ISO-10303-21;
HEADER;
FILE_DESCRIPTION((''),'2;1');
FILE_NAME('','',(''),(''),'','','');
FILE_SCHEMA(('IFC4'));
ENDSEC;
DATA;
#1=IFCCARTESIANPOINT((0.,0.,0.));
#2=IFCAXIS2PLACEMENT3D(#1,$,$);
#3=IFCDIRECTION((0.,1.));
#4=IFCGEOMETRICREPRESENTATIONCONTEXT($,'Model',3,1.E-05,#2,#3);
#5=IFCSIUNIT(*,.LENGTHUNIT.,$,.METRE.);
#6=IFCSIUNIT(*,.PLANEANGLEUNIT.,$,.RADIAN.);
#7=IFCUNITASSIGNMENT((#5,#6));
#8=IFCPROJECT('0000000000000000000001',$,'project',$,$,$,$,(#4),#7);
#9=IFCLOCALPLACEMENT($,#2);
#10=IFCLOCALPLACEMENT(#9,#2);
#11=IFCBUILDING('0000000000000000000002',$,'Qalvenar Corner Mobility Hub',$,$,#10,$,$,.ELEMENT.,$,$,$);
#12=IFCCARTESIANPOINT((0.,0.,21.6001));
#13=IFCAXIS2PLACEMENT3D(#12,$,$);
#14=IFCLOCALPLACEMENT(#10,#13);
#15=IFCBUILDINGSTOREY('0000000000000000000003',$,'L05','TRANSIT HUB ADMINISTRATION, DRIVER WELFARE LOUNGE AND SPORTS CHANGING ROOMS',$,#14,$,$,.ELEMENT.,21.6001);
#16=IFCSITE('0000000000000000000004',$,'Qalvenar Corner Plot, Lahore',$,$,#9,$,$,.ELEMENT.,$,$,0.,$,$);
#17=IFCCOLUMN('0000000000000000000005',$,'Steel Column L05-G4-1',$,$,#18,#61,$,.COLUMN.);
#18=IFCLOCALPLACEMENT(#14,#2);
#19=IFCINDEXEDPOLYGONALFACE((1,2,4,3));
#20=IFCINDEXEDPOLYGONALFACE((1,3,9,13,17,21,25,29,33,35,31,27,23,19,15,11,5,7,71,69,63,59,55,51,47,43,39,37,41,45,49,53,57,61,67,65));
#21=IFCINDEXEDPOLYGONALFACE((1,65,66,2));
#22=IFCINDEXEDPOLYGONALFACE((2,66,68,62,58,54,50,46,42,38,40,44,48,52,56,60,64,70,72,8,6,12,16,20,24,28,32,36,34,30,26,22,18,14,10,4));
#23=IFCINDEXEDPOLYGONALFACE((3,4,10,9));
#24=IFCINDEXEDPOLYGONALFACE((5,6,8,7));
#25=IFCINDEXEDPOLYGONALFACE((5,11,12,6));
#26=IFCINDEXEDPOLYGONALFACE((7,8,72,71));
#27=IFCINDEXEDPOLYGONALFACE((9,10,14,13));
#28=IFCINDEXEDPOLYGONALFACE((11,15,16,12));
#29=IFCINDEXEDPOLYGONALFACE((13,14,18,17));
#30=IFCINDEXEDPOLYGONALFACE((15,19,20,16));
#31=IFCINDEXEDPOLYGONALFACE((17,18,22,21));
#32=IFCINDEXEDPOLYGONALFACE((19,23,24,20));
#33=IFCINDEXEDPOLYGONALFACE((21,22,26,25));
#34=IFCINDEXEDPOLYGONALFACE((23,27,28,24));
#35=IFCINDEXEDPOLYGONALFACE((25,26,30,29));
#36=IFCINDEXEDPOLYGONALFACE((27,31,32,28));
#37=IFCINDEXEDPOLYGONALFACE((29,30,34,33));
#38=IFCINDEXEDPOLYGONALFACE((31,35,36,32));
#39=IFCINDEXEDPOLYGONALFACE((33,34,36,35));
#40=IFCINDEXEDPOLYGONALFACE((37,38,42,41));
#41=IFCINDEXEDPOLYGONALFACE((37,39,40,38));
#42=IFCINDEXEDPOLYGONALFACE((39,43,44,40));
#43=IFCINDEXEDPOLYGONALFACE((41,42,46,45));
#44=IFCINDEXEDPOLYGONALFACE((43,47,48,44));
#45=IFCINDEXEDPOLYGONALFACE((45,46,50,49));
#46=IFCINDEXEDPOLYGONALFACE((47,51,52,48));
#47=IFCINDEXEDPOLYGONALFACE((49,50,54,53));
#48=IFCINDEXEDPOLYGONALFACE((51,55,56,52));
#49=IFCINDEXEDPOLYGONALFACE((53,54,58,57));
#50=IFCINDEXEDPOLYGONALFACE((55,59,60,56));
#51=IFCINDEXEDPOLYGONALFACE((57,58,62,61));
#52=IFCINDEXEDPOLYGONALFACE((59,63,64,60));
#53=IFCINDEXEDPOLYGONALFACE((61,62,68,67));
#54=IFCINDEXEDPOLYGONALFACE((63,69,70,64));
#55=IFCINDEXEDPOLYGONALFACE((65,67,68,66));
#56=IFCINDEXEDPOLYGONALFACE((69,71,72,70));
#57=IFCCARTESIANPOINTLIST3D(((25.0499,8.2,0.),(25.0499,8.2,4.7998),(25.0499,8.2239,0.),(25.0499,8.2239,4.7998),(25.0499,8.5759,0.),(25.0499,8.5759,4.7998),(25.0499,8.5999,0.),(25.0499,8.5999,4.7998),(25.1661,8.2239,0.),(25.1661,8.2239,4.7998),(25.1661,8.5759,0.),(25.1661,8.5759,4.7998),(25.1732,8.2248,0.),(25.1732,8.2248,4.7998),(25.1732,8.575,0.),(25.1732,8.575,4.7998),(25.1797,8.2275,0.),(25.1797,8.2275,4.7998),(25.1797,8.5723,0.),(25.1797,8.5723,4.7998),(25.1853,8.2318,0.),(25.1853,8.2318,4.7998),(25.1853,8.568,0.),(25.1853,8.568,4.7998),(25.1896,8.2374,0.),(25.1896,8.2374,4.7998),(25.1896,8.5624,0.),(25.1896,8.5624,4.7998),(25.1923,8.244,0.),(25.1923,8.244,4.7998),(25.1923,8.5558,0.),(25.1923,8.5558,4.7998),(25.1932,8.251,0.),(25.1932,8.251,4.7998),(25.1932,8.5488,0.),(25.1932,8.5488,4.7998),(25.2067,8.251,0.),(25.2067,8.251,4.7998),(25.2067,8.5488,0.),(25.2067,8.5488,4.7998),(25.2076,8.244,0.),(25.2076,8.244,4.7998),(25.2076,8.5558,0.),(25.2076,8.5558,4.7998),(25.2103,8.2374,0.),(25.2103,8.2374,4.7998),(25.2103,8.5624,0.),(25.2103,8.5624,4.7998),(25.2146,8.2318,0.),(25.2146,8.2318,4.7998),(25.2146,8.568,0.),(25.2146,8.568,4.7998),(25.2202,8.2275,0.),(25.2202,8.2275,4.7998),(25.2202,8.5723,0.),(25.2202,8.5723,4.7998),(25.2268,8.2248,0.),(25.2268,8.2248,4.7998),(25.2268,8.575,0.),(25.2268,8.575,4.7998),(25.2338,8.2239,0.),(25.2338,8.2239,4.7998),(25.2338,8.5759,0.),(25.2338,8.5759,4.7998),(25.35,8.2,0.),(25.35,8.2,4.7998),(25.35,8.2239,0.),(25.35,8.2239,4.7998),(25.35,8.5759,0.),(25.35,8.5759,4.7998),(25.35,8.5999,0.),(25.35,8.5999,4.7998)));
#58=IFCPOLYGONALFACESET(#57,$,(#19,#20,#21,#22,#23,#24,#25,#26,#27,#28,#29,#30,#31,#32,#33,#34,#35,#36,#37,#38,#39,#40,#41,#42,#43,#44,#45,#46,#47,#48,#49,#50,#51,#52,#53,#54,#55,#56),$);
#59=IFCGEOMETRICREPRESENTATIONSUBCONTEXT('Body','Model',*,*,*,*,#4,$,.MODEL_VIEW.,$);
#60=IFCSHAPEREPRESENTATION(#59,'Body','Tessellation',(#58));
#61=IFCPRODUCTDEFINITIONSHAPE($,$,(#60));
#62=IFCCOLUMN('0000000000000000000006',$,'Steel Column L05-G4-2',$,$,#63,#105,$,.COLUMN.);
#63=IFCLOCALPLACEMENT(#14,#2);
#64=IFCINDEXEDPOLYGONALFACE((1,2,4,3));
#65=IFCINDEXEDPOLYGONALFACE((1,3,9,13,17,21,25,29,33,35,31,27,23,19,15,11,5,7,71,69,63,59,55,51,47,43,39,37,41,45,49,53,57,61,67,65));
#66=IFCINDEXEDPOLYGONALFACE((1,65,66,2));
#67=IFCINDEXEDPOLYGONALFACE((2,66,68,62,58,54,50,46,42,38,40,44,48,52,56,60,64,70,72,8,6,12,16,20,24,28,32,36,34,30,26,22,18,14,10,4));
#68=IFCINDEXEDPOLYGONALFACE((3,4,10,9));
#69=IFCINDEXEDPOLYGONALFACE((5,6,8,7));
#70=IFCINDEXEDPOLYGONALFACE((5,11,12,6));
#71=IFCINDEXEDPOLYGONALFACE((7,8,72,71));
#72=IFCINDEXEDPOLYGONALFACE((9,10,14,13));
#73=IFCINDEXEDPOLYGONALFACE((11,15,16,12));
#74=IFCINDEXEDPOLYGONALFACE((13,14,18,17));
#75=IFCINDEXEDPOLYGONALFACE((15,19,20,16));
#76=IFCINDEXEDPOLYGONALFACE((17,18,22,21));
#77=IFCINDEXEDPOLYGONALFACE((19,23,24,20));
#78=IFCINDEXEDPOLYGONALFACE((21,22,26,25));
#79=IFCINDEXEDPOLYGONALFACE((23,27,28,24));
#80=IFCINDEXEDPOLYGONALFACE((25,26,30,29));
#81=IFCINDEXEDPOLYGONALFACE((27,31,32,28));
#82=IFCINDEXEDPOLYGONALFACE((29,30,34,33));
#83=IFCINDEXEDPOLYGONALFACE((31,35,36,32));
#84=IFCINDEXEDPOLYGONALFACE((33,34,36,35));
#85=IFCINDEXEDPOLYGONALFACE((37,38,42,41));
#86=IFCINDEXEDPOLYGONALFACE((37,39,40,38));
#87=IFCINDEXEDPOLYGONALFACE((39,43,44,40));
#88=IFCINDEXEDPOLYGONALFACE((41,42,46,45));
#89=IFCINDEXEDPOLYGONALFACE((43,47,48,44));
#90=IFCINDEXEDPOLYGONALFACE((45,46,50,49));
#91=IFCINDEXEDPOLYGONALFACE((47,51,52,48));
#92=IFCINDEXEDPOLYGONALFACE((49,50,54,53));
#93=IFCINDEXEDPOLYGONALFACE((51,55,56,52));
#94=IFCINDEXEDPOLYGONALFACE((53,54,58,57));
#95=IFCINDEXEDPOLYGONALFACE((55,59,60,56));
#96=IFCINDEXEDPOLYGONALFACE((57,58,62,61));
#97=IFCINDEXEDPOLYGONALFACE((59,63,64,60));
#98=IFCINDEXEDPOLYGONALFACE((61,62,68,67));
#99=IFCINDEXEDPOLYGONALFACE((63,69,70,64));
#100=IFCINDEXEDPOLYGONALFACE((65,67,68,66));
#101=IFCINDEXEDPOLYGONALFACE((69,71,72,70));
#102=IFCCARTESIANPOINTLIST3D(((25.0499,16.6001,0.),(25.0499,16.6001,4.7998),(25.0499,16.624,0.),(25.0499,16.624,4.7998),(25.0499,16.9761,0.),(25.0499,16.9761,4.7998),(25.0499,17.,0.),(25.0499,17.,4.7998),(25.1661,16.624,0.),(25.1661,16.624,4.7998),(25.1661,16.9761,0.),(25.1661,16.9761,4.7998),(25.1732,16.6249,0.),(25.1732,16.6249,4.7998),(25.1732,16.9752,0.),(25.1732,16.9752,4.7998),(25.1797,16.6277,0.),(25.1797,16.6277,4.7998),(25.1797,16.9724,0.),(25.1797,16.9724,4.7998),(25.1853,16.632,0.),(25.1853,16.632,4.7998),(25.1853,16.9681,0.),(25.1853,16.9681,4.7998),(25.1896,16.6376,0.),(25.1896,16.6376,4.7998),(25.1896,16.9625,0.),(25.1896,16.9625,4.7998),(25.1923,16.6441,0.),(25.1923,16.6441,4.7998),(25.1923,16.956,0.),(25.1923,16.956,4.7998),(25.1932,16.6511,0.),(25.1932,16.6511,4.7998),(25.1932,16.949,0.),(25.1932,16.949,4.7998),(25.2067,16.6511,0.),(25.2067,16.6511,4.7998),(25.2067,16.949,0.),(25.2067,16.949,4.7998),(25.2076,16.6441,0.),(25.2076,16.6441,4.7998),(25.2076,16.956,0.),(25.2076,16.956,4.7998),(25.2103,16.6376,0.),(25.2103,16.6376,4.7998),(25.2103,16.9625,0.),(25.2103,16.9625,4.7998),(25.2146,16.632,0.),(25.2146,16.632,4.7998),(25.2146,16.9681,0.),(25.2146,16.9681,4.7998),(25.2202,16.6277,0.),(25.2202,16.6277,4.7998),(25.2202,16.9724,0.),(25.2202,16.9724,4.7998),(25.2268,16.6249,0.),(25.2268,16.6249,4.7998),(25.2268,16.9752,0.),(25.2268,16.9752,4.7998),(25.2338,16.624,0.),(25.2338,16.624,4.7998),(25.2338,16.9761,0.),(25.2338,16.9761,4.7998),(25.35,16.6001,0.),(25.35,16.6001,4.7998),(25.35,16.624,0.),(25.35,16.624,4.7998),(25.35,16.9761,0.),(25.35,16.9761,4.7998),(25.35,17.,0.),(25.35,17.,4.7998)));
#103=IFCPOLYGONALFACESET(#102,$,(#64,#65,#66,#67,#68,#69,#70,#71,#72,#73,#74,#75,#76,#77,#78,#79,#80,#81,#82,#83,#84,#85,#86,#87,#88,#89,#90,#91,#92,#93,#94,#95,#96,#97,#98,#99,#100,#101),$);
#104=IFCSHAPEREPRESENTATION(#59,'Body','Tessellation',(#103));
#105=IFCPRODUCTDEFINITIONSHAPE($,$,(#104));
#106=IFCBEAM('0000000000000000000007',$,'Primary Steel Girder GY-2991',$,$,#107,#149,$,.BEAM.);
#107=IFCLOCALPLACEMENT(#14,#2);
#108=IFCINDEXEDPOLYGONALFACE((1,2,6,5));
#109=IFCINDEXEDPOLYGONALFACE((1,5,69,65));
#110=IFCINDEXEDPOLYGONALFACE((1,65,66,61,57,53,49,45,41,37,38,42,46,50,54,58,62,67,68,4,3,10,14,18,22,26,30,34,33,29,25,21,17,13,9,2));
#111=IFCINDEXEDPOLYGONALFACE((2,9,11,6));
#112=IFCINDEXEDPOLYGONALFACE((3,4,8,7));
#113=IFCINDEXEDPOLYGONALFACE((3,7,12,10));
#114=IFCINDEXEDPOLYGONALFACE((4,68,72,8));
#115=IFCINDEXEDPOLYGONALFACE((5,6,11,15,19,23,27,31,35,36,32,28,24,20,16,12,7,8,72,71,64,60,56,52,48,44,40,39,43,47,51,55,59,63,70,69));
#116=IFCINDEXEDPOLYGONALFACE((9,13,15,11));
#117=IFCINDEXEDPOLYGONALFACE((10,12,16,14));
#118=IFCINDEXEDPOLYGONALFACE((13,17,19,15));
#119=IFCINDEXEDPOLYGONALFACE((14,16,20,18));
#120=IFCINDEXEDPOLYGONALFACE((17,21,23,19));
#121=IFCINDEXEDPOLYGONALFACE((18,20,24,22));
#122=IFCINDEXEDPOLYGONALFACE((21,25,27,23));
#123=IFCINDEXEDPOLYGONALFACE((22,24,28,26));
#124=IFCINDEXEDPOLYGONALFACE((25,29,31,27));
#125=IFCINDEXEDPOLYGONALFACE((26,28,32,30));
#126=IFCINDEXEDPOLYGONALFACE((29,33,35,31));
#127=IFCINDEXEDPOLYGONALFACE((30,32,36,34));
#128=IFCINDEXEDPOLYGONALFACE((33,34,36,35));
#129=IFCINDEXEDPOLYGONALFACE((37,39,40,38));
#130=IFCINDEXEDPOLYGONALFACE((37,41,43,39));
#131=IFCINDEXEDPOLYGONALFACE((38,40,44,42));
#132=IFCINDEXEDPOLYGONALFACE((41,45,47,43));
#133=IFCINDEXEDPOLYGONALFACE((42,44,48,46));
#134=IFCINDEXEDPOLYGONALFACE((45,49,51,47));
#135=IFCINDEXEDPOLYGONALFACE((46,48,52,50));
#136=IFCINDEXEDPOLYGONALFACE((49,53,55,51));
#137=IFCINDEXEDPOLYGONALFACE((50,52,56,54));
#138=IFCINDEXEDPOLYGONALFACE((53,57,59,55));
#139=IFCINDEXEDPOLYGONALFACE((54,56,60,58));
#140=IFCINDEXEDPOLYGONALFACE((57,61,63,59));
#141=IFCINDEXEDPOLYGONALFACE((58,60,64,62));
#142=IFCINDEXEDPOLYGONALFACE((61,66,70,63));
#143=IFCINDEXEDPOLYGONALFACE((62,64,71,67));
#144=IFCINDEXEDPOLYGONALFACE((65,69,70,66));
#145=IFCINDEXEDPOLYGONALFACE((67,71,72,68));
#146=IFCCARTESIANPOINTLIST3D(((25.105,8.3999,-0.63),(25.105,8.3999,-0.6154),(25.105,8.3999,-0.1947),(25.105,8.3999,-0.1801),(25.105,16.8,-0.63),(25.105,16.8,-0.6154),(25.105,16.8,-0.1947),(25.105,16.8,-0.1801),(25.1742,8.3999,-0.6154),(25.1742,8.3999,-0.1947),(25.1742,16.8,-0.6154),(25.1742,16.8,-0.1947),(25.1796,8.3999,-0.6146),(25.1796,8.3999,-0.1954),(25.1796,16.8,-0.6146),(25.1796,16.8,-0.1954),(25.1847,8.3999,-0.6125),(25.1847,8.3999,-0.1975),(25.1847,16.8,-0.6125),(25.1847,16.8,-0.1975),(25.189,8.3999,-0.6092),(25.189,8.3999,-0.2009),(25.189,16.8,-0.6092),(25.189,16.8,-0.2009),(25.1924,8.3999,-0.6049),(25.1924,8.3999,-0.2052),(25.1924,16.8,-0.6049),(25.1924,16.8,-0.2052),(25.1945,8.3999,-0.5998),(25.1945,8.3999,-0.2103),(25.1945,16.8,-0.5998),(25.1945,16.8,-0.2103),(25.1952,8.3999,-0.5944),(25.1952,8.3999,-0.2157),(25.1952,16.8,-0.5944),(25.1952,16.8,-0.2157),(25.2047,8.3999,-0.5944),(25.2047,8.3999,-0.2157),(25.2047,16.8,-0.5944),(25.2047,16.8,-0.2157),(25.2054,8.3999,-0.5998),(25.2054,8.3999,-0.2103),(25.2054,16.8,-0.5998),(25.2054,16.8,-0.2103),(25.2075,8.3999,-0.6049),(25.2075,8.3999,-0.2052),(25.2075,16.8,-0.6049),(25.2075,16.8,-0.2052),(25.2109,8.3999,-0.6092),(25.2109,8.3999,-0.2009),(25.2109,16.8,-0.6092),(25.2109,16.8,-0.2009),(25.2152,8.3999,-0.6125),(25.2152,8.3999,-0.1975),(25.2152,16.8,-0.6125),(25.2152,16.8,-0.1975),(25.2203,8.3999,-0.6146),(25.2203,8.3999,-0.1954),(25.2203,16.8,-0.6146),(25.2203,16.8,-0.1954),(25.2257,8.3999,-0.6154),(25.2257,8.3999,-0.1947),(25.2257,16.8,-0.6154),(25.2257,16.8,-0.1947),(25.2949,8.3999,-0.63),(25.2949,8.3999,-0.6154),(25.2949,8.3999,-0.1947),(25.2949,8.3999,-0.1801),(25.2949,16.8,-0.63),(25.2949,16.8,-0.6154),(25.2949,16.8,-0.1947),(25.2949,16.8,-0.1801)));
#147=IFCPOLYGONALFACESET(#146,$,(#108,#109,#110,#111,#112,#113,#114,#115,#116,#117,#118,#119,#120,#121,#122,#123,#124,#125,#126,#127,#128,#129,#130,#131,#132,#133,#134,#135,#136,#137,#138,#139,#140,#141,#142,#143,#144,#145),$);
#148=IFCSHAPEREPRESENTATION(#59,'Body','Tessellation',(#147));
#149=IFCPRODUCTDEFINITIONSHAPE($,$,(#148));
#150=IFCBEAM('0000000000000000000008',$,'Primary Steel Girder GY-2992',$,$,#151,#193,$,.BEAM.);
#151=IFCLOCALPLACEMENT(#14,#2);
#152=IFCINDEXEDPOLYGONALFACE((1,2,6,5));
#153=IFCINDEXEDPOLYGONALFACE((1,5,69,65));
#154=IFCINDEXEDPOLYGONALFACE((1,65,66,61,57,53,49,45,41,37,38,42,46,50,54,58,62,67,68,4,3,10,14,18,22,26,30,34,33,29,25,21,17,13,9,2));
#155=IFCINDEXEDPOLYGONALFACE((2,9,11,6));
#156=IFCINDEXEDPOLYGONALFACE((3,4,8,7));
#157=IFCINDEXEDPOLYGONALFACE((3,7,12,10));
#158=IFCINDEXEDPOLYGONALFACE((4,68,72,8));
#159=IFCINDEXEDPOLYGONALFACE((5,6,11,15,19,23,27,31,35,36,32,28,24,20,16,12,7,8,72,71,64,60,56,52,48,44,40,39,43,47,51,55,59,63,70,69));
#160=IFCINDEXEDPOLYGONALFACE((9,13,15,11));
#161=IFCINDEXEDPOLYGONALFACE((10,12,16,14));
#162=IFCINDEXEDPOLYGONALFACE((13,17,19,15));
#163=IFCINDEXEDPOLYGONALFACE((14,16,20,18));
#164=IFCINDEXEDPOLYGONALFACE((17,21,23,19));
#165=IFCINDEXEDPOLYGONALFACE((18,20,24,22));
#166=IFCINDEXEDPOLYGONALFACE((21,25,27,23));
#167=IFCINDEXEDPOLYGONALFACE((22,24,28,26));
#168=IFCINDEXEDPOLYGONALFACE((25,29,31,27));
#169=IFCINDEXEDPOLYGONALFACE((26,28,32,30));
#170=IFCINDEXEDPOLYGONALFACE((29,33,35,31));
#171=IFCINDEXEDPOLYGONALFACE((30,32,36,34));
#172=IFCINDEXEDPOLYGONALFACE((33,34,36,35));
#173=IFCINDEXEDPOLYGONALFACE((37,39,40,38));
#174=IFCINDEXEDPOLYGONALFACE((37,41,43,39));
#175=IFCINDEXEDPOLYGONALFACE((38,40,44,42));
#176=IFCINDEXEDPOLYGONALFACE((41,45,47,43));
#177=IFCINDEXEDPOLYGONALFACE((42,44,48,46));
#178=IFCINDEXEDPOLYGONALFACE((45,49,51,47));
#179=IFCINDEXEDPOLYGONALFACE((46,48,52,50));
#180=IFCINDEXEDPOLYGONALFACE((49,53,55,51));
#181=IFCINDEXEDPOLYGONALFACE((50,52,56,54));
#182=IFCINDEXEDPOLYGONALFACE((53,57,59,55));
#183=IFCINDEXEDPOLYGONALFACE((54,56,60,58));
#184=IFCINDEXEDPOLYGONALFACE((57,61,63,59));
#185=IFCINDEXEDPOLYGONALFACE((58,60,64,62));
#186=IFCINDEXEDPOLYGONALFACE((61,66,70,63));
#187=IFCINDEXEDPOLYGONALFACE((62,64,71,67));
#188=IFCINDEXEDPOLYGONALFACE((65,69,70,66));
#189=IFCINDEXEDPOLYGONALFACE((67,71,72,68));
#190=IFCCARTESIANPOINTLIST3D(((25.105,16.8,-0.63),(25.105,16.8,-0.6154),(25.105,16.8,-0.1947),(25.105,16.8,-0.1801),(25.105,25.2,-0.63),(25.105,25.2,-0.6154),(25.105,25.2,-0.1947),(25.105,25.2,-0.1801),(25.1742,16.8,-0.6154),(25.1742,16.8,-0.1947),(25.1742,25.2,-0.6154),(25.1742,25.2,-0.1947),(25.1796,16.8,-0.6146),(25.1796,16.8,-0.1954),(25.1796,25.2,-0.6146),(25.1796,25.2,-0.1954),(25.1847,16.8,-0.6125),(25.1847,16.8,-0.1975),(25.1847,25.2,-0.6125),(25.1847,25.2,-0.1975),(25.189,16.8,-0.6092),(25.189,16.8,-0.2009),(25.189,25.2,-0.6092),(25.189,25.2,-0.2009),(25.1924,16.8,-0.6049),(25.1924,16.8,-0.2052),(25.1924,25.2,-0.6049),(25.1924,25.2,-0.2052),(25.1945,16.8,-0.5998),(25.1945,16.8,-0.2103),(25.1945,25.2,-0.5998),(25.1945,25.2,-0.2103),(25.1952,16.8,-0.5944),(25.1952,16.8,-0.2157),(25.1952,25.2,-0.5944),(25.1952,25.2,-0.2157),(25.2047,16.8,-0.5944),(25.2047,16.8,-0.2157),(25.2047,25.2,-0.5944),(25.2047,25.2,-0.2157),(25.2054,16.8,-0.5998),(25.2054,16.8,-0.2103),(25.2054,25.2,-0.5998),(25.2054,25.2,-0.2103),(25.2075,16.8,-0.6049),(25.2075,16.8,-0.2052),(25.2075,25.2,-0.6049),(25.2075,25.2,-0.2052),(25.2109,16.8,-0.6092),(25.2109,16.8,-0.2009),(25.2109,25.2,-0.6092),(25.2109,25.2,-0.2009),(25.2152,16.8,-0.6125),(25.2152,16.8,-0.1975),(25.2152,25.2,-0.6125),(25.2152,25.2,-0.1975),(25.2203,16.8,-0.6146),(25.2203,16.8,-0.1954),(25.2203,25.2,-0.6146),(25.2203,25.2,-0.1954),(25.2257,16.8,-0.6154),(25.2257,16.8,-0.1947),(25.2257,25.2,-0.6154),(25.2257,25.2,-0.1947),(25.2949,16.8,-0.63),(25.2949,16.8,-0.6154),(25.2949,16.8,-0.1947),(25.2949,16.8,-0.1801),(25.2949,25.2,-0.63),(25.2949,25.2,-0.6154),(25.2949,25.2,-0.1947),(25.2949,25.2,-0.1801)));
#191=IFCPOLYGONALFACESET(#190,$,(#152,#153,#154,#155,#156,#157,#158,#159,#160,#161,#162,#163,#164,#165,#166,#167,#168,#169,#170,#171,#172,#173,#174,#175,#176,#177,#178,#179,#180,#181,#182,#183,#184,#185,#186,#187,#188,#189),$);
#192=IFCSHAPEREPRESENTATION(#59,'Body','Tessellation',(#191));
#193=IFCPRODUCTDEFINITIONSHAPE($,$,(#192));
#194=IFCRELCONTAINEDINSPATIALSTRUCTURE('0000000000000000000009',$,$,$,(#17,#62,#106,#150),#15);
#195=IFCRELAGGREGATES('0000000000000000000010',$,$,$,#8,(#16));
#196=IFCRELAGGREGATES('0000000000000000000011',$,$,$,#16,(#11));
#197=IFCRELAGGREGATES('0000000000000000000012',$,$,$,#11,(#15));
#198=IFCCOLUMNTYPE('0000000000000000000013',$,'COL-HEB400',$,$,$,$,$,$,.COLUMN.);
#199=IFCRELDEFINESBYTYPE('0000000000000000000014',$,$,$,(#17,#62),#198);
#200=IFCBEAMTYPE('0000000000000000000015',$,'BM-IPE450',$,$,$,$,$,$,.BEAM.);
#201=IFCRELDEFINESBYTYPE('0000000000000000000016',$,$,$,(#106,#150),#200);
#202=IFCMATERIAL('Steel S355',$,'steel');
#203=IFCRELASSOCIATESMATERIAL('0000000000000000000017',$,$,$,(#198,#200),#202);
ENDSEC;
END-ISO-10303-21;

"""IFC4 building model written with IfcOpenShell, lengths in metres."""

from ifc_helpers import new_model, si_unit, direction, frame, origin, origin_2d, place, context, subcontext, project, spatial, i_section, extrude, material, material_profile, profile_set, type_object, element, save


model = new_model("IFC4")

# Units and contexts
model_context = context("Model", 3, precision=1e-05, world=origin(), true_north=direction((0.0, 1.0)))
body_context = subcontext(model_context, "Body", "Model", "MODEL_VIEW")
ifc_project = project(units=[si_unit("LENGTHUNIT", "METRE"), si_unit("PLANEANGLEUNIT", "RADIAN")], contexts=[model_context])

# Site, building, storey
site_placement = place(None, origin())
site = spatial("IfcSite", under=ifc_project, at=site_placement, Name="Qalvenar Corner Plot, Lahore", CompositionType="ELEMENT", RefElevation=0.0)
building_placement = place(site_placement, origin())
building = spatial("IfcBuilding", under=site, at=building_placement, Name="Qalvenar Corner Mobility Hub", CompositionType="ELEMENT")
storey_placement = place(building_placement, frame((0.0, 0.0, 21.6001)))
storey = spatial("IfcBuildingStorey", under=building, at=storey_placement, Name="L05", Description="TRANSIT HUB ADMINISTRATION, DRIVER WELFARE LOUNGE AND SPORTS CHANGING ROOMS", CompositionType="ELEMENT", Elevation=21.6001)

# Columns
ifc_material_1 = material(Name="Steel S355", Category="steel")
ifc_material_profile_1 = material_profile(ifc_material_1, i_section(OverallWidth=0.3, OverallDepth=0.3999, WebThickness=0.0134, FlangeThickness=0.0239, FilletRadius=0.0271, at=origin_2d()), Name="HEB400")
ifc_profile_set_1 = profile_set([ifc_material_profile_1], Name="Steel S355")
column_type = type_object("IfcColumnType", Name="COL-HEB400", PredefinedType="COLUMN", material=ifc_profile_set_1)
for number, where, z_axis, x_axis, name in (
    (1, (25.2, 8.3999, 0.0), (0.0, 0.0, 1.0), (1.0, 0.0, 0.0), "Steel Column L05-G4-1"),
    (2, (25.2, 16.8, 0.0), (0.0, 0.0, 1.0), (1.0, 0.0, 0.0), "Steel Column L05-G4-2"),
):
    element("IfcColumn", number, at=place(storey_placement, frame(where, z_axis=z_axis, x_axis=x_axis)), inside=storey, type_object=column_type, Name=name, PredefinedType="COLUMN", context=body_context, shape_type="SweptSolid", body=[
        extrude(i_section(OverallWidth=0.3, OverallDepth=0.3999, WebThickness=0.0134, FlangeThickness=0.0239, FilletRadius=0.0271, at=origin_2d()), origin(), (0.0, 0.0, 1.0), 4.7998),
    ])

# Beams
ifc_material_profile_2 = material_profile(ifc_material_1, i_section(OverallWidth=0.1899, OverallDepth=0.45, WebThickness=0.0095, FlangeThickness=0.0146, FilletRadius=0.021, at=origin_2d()), Name="IPE450")
ifc_profile_set_2 = profile_set([ifc_material_profile_2], Name="Steel S355")
beam_type_1 = type_object("IfcBeamType", Name="BM-IPE450", PredefinedType="BEAM", material=ifc_profile_set_2)
beam_1_placement = place(storey_placement, frame((25.2, 8.3999, -0.405), z_axis=(0.0, 1.0, 0.0), x_axis=(-1.0, 0.0, 0.0)))
element("IfcBeam", 3, at=beam_1_placement, inside=storey, type_object=beam_type_1, Name="Primary Steel Girder GY-2991", PredefinedType="BEAM", context=body_context, shape_type="SweptSolid", body=[
    extrude(i_section(OverallWidth=0.1899, OverallDepth=0.45, WebThickness=0.0095, FlangeThickness=0.0146, FilletRadius=0.021, at=origin_2d()), origin(), (0.0, 0.0, 1.0), 8.4001),
])
beam_2_placement = place(storey_placement, frame((25.2, 16.8, -0.405), z_axis=(0.0, 1.0, 0.0), x_axis=(-1.0, 0.0, 0.0)))
element("IfcBeam", 4, at=beam_2_placement, inside=storey, type_object=beam_type_1, Name="Primary Steel Girder GY-2992", PredefinedType="BEAM", context=body_context, shape_type="SweptSolid", body=[
    extrude(i_section(OverallWidth=0.1899, OverallDepth=0.45, WebThickness=0.0095, FlangeThickness=0.0146, FilletRadius=0.021, at=origin_2d()), origin(), (0.0, 0.0, 1.0), 8.3999),
])

save(model, "model.ifc")
